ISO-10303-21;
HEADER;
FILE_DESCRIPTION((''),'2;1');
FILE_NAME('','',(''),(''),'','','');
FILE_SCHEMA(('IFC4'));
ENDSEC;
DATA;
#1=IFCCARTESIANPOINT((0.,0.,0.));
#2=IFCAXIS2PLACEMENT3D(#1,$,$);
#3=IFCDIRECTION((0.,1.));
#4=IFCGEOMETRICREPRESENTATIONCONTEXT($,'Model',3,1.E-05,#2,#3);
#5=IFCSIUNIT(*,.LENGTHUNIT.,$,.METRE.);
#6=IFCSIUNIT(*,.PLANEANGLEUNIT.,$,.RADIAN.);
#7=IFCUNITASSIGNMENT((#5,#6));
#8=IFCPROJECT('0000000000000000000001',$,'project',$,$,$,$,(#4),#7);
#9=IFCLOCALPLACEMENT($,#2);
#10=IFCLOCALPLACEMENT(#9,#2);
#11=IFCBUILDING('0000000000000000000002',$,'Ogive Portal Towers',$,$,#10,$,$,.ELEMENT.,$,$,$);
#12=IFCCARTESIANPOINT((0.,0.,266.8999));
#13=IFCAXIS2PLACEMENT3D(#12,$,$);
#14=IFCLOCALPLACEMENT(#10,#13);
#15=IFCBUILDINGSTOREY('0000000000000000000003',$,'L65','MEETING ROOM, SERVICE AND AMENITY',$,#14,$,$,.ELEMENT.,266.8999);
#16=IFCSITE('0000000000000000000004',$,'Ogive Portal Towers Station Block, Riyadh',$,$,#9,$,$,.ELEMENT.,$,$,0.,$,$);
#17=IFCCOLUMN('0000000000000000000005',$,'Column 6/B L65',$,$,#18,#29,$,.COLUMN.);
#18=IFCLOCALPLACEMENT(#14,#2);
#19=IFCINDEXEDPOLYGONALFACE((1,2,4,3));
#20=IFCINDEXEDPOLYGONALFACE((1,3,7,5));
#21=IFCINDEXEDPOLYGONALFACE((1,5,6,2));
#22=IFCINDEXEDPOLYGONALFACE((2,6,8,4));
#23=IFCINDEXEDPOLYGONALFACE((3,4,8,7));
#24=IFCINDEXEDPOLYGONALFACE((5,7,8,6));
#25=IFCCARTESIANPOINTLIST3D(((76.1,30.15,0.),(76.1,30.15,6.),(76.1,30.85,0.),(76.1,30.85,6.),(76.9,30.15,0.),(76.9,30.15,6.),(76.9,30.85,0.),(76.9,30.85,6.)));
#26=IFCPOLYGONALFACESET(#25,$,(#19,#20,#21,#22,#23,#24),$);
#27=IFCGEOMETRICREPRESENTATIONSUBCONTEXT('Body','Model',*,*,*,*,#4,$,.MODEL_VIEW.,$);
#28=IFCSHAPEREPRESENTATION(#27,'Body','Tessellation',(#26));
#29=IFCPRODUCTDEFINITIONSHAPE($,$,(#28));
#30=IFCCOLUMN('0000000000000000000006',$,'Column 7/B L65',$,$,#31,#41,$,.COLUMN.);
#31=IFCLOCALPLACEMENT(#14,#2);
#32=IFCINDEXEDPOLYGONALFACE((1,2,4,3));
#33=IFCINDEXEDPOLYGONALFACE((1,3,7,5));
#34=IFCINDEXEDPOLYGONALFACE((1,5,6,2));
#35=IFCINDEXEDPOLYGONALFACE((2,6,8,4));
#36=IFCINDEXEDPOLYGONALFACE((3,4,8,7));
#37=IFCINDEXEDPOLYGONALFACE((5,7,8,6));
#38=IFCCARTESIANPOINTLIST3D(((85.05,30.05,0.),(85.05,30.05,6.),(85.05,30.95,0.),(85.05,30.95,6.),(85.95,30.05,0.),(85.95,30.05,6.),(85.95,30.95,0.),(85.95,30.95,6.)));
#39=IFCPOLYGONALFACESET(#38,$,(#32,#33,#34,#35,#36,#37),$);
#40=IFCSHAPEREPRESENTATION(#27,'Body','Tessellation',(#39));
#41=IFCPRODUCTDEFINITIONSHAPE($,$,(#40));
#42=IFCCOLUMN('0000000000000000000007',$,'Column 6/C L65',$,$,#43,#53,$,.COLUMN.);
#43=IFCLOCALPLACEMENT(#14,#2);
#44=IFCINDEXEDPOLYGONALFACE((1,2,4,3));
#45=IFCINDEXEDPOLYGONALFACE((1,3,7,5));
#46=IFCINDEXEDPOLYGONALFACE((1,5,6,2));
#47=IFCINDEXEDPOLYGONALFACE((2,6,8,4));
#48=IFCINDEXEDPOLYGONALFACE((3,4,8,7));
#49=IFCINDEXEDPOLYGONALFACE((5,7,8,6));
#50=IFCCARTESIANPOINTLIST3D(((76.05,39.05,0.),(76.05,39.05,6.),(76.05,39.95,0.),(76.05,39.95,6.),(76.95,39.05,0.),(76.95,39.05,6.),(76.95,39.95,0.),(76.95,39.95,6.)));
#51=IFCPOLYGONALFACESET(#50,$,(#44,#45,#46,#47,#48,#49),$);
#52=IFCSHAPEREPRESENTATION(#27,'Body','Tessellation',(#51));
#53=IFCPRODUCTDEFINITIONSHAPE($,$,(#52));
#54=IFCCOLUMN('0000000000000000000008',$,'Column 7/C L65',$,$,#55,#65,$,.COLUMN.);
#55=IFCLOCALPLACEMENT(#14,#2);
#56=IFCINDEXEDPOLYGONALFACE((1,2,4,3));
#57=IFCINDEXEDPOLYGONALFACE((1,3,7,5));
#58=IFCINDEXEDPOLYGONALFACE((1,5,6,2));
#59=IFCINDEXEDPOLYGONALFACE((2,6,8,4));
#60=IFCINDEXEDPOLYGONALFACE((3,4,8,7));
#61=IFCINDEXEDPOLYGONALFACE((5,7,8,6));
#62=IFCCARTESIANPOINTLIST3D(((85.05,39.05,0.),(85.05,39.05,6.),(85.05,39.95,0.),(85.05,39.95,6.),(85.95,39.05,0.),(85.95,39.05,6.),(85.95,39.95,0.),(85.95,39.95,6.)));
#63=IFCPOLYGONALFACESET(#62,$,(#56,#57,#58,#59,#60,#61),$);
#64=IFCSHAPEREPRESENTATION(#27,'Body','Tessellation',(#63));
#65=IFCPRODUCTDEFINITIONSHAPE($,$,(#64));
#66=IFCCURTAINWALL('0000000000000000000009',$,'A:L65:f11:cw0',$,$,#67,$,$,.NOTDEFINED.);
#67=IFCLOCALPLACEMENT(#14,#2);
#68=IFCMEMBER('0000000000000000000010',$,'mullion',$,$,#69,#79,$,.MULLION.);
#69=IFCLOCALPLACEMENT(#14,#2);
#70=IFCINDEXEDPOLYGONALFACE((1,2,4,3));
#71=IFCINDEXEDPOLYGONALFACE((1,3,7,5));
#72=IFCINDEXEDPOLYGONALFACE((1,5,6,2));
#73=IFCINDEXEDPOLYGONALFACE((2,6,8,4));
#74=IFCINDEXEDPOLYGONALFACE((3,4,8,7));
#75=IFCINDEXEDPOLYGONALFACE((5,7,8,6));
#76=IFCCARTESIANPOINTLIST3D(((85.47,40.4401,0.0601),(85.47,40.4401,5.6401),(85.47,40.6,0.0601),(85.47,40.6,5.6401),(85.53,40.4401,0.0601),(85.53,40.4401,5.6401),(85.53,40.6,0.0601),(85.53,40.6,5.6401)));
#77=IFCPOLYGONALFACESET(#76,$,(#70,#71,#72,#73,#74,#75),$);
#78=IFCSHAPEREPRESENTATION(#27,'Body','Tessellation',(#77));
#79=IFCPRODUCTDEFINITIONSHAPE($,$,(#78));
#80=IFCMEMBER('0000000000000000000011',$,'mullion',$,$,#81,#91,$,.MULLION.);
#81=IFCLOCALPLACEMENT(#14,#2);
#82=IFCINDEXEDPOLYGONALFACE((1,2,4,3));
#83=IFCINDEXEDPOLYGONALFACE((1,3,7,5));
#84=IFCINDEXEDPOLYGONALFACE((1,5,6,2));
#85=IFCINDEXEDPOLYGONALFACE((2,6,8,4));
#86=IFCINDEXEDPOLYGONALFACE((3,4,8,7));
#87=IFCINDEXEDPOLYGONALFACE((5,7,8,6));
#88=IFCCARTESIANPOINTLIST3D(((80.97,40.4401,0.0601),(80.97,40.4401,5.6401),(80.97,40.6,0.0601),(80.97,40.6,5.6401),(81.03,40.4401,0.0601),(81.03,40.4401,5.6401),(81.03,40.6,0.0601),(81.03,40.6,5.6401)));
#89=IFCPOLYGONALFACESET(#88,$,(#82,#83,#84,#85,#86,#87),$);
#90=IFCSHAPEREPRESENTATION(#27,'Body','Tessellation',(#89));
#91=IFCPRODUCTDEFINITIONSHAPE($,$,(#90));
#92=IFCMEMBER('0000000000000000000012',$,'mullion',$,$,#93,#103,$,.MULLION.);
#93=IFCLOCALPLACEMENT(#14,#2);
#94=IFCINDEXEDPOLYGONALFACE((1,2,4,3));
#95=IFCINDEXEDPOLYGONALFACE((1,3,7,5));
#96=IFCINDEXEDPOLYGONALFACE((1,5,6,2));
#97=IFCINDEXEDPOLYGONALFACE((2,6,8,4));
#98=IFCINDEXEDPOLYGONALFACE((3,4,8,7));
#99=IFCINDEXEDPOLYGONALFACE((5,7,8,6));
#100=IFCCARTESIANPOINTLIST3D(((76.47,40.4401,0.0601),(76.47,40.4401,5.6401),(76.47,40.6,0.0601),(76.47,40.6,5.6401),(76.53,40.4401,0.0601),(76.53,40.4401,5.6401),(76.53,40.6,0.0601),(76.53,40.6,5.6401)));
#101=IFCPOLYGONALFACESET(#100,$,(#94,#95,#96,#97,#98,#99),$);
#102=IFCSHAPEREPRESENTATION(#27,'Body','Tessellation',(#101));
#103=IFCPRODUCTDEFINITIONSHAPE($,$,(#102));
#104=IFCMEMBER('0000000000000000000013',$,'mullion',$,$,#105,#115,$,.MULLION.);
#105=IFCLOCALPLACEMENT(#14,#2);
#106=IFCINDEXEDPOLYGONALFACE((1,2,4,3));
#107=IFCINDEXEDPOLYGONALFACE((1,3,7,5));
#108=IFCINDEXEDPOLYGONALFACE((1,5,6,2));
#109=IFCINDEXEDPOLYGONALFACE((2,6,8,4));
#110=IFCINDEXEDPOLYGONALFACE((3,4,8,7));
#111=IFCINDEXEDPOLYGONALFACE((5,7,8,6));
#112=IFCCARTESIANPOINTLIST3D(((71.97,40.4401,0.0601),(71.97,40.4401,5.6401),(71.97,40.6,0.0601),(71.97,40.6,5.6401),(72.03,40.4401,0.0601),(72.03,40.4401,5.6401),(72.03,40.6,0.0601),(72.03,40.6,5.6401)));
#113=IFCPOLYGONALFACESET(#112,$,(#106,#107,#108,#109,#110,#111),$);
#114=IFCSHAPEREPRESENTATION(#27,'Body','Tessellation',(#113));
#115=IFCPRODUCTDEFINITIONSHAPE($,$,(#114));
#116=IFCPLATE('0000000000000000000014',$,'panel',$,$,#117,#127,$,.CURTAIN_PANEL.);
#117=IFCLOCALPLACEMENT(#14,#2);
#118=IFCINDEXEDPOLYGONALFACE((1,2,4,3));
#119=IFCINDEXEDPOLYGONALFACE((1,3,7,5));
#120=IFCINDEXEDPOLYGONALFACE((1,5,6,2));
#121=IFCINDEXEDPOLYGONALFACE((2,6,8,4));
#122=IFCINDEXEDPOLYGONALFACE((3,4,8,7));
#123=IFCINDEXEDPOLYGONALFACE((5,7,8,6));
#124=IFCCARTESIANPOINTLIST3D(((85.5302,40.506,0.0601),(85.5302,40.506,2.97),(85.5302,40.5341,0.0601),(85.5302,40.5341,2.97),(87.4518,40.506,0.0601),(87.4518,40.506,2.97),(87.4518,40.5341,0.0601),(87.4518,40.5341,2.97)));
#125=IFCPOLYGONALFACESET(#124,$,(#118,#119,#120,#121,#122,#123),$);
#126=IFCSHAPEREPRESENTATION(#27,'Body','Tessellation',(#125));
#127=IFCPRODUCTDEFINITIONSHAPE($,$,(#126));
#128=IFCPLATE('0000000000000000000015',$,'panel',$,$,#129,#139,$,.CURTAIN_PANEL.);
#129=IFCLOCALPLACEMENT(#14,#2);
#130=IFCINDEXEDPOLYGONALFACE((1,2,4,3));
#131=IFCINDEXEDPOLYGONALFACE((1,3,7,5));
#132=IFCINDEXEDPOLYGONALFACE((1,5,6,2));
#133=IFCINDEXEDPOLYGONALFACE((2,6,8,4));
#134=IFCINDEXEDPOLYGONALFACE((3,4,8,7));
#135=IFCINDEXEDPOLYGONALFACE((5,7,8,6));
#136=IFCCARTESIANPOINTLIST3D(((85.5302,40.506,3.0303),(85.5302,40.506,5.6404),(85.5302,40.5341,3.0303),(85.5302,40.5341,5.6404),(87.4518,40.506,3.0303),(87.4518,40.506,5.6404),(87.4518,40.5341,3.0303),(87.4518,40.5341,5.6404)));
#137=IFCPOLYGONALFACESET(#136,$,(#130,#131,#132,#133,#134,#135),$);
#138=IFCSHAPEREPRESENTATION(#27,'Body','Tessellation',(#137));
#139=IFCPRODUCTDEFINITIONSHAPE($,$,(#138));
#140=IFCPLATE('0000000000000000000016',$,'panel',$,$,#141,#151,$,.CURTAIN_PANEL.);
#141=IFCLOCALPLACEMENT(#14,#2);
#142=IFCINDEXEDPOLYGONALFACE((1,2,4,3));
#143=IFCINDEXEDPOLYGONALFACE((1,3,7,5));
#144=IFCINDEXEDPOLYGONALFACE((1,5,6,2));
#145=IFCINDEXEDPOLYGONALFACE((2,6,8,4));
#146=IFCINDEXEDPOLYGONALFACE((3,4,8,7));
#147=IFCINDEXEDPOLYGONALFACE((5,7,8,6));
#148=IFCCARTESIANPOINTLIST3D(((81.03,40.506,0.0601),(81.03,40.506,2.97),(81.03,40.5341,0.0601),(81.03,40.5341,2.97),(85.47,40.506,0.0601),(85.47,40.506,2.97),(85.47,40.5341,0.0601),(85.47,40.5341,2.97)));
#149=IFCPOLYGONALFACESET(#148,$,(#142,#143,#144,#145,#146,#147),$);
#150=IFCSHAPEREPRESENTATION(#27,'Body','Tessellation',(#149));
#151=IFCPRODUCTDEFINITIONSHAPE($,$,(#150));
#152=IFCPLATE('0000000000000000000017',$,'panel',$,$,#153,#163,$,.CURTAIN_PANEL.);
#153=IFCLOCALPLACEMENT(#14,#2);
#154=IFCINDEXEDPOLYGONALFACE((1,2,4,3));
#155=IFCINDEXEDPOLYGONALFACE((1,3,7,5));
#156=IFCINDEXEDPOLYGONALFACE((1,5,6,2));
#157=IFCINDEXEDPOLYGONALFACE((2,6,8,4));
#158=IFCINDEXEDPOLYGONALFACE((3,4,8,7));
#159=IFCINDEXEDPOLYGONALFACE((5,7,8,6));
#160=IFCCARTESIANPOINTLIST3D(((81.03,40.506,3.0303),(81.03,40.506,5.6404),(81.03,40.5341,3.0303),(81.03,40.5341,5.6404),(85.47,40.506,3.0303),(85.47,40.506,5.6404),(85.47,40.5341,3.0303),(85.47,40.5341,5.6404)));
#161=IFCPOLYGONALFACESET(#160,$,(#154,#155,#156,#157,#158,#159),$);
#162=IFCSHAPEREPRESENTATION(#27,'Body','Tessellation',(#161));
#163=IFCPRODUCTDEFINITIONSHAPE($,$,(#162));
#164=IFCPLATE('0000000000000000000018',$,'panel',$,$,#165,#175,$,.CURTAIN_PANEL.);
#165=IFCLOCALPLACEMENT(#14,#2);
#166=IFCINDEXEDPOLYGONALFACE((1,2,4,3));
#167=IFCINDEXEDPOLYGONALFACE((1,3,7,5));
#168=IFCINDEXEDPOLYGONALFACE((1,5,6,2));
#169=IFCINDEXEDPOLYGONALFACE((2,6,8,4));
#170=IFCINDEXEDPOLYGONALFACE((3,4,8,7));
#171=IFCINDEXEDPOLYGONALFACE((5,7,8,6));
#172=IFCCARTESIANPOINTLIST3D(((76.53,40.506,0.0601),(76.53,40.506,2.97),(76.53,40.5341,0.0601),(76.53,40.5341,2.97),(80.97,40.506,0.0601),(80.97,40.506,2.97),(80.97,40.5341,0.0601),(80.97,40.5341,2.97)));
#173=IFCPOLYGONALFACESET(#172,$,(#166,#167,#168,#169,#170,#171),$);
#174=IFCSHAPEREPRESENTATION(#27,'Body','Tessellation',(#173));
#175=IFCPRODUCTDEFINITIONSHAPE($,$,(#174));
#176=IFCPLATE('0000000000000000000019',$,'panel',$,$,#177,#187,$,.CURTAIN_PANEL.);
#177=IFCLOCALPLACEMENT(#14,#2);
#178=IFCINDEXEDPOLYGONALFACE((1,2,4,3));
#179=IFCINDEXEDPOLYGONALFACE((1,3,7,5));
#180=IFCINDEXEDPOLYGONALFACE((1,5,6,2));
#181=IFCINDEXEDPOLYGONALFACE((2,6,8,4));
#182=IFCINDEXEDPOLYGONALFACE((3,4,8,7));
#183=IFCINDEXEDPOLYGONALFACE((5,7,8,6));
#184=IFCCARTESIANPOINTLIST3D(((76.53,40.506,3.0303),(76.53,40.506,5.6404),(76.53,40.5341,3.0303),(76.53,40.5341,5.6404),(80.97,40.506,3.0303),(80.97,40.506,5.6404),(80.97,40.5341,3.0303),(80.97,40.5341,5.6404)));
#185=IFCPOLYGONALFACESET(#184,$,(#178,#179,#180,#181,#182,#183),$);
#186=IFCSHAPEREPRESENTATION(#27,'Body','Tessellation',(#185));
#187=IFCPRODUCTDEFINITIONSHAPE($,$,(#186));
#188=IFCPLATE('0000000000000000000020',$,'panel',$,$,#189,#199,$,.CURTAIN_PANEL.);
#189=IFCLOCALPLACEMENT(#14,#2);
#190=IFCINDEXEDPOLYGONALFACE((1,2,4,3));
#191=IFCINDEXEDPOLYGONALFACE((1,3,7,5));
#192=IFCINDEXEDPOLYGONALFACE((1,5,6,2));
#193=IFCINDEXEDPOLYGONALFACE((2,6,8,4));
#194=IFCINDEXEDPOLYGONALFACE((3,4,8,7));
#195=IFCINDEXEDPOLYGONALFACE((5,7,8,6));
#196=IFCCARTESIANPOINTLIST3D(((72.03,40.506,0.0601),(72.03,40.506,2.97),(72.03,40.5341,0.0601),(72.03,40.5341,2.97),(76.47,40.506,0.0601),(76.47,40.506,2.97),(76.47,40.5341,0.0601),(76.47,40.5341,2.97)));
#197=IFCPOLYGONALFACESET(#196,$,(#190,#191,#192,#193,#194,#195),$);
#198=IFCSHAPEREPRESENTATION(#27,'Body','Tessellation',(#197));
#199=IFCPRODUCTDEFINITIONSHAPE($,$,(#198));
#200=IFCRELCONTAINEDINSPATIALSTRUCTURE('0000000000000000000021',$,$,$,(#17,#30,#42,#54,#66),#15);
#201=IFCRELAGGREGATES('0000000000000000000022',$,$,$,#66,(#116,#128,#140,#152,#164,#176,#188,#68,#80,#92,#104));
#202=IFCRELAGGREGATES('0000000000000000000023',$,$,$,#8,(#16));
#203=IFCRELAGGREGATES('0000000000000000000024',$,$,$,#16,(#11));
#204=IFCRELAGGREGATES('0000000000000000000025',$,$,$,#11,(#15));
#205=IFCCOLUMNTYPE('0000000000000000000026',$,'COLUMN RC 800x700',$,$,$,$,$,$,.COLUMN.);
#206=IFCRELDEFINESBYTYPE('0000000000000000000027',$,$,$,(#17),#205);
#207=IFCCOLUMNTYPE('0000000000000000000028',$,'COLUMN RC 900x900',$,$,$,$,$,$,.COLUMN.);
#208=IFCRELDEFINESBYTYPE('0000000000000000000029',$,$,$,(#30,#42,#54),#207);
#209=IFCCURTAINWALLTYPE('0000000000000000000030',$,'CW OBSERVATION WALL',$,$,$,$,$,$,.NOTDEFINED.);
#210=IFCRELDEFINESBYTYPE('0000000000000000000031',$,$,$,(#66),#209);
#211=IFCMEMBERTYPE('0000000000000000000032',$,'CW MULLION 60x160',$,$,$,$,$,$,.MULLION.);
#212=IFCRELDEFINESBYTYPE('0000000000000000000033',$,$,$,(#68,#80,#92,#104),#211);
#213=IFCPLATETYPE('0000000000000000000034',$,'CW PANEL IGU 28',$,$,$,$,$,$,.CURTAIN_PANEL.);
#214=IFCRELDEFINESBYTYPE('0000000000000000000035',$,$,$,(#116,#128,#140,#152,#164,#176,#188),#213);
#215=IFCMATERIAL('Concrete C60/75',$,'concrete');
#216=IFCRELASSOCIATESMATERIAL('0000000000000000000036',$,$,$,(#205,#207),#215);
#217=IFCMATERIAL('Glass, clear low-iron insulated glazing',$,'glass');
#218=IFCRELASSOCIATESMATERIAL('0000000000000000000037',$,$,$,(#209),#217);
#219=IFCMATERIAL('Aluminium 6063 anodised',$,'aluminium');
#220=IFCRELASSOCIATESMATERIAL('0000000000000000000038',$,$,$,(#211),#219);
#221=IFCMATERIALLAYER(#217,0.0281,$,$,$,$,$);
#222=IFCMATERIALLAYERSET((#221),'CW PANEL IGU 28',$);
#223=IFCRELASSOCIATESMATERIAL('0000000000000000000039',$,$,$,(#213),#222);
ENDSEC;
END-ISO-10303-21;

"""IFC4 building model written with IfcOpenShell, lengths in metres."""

from ifc_helpers import new_model, si_unit, direction, frame, origin, origin_2d, place, context, subcontext, project, spatial, rectangle, extrude, material, layer, layer_set, material_profile, profile_set, type_object, element, aggregate, save


model = new_model("IFC4")

# Units and contexts
model_context = context("Model", 3, precision=1e-05, world=origin(), true_north=direction((0.0, 1.0)))
body_context = subcontext(model_context, "Body", "Model", "MODEL_VIEW")
ifc_project = project(units=[si_unit("LENGTHUNIT", "METRE"), si_unit("PLANEANGLEUNIT", "RADIAN")], contexts=[model_context])

# Site, building, storey
site_placement = place(None, origin())
site = spatial("IfcSite", under=ifc_project, at=site_placement, Name="Ogive Portal Towers Station Block, Riyadh", CompositionType="ELEMENT", RefElevation=0.0)
building_placement = place(site_placement, origin())
building = spatial("IfcBuilding", under=site, at=building_placement, Name="Ogive Portal Towers", CompositionType="ELEMENT")
storey_placement = place(building_placement, frame((0.0, 0.0, 266.8999)))
storey = spatial("IfcBuildingStorey", under=building, at=storey_placement, Name="L65", Description="MEETING ROOM, SERVICE AND AMENITY", CompositionType="ELEMENT", Elevation=266.8999)

# Columns
ifc_material_1 = material(Name="Concrete C60/75", Category="concrete")
ifc_material_profile_1 = material_profile(ifc_material_1, rectangle(XDim=0.8, YDim=0.7, at=origin_2d()), Name="RC 800x700")
ifc_profile_set_1 = profile_set([ifc_material_profile_1], Name="Concrete C60/75")
column_type_1 = type_object("IfcColumnType", Name="COLUMN RC 800x700", PredefinedType="COLUMN", material=ifc_profile_set_1)
column_placement = place(storey_placement, frame((76.5, 30.5, 0.0), z_axis=(0.0, 0.0, 1.0), x_axis=(1.0, 0.0, 0.0)))
element("IfcColumn", 1, at=column_placement, inside=storey, type_object=column_type_1, Name="Column 6/B L65", PredefinedType="COLUMN", context=body_context, shape_type="SweptSolid", body=[
    extrude(rectangle(XDim=0.8, YDim=0.7, at=origin_2d()), origin(), (0.0, 0.0, 1.0), 6.0),
])
ifc_material_profile_2 = material_profile(ifc_material_1, rectangle(XDim=0.8999, YDim=0.8999, at=origin_2d()), Name="RC 900x900")
ifc_profile_set_2 = profile_set([ifc_material_profile_2], Name="Concrete C60/75")
column_type_2 = type_object("IfcColumnType", Name="COLUMN RC 900x900", PredefinedType="COLUMN", material=ifc_profile_set_2)
for number, where, z_axis, x_axis, name in (
    (2, (85.5, 30.5, 0.0), (0.0, 0.0, 1.0), (1.0, 0.0, 0.0), "Column 7/B L65"),
    (3, (76.5, 39.5, 0.0), (0.0, 0.0, 1.0), (1.0, 0.0, 0.0), "Column 6/C L65"),
    (4, (85.5, 39.5, 0.0), (0.0, 0.0, 1.0), (1.0, 0.0, 0.0), "Column 7/C L65"),
):
    element("IfcColumn", number, at=place(storey_placement, frame(where, z_axis=z_axis, x_axis=x_axis)), inside=storey, type_object=column_type_2, Name=name, PredefinedType="COLUMN", context=body_context, shape_type="SweptSolid", body=[
        extrude(rectangle(XDim=0.8999, YDim=0.8999, at=origin_2d()), origin(), (0.0, 0.0, 1.0), 6.0),
    ])

# Curtain wall, members, plates
ifc_material_2 = material(Name="Glass, clear low-iron insulated glazing", Category="glass")
curtain_wall_type = type_object("IfcCurtainWallType", Name="CW OBSERVATION WALL", PredefinedType="NOTDEFINED", material=ifc_material_2)
curtain_wall_placement = place(storey_placement, origin())
curtain_wall = element("IfcCurtainWall", 5, at=curtain_wall_placement, inside=storey, type_object=curtain_wall_type, Name="A:L65:f11:cw0", PredefinedType="NOTDEFINED")
ifc_material_3 = material(Name="Aluminium 6063 anodised", Category="aluminium")
ifc_material_profile_3 = material_profile(ifc_material_3, rectangle(XDim=0.1599, YDim=0.0601, at=origin_2d()), Name="AL 60x160")
ifc_profile_set_3 = profile_set([ifc_material_profile_3], Name="Aluminium 6063 anodised")
member_type = type_object("IfcMemberType", Name="CW MULLION 60x160", PredefinedType="MULLION", material=ifc_profile_set_3)
member_1_placement = place(storey_placement, frame((85.5, 40.52, 0.0601), z_axis=(0.0, 0.0, 1.0), x_axis=(0.0, -1.0, 0.0)))
member_1 = element("IfcMember", 6, at=member_1_placement, type_object=member_type, Name="mullion", PredefinedType="MULLION", context=body_context, shape_type="SweptSolid", body=[
    extrude(rectangle(XDim=0.1599, YDim=0.0601, at=origin_2d()), origin(), (0.0, 0.0, 1.0), 5.5801),
])
member_2_placement = place(storey_placement, frame((81.0, 40.52, 0.0601), z_axis=(0.0, 0.0, 1.0), x_axis=(0.0, -1.0, 0.0)))
member_2 = element("IfcMember", 7, at=member_2_placement, type_object=member_type, Name="mullion", PredefinedType="MULLION", context=body_context, shape_type="SweptSolid", body=[
    extrude(rectangle(XDim=0.1599, YDim=0.0601, at=origin_2d()), origin(), (0.0, 0.0, 1.0), 5.5801),
])
member_3_placement = place(storey_placement, frame((76.5, 40.52, 0.0601), z_axis=(0.0, 0.0, 1.0), x_axis=(0.0, -1.0, 0.0)))
member_3 = element("IfcMember", 8, at=member_3_placement, type_object=member_type, Name="mullion", PredefinedType="MULLION", context=body_context, shape_type="SweptSolid", body=[
    extrude(rectangle(XDim=0.1599, YDim=0.0601, at=origin_2d()), origin(), (0.0, 0.0, 1.0), 5.5801),
])
member_4_placement = place(storey_placement, frame((72.0, 40.52, 0.0601), z_axis=(0.0, 0.0, 1.0), x_axis=(0.0, -1.0, 0.0)))
member_4 = element("IfcMember", 9, at=member_4_placement, type_object=member_type, Name="mullion", PredefinedType="MULLION", context=body_context, shape_type="SweptSolid", body=[
    extrude(rectangle(XDim=0.1599, YDim=0.0601, at=origin_2d()), origin(), (0.0, 0.0, 1.0), 5.5801),
])
ifc_layer_1 = layer(ifc_material_2, 0.0281)
ifc_layer_set_1 = layer_set([ifc_layer_1], Name="CW PANEL IGU 28")
plate_type = type_object("IfcPlateType", Name="CW PANEL IGU 28", PredefinedType="CURTAIN_PANEL", material=ifc_layer_set_1)
plate_1_placement = place(storey_placement, frame((86.491, 40.52, 0.0601), z_axis=(0.0, 0.0, 1.0), x_axis=(-1.0, 0.0, 0.0)))
plate_1 = element("IfcPlate", 10, at=plate_1_placement, type_object=plate_type, Name="panel", PredefinedType="CURTAIN_PANEL", context=body_context, shape_type="SweptSolid", body=[
    extrude(rectangle(XDim=1.9216, YDim=0.0281, at=origin_2d()), origin(), (0.0, 0.0, 1.0), 2.9099),
])
plate_2_placement = place(storey_placement, frame((86.491, 40.52, 3.0303), z_axis=(0.0, 0.0, 1.0), x_axis=(-1.0, 0.0, 0.0)))
plate_2 = element("IfcPlate", 11, at=plate_2_placement, type_object=plate_type, Name="panel", PredefinedType="CURTAIN_PANEL", context=body_context, shape_type="SweptSolid", body=[
    extrude(rectangle(XDim=1.9216, YDim=0.0281, at=origin_2d()), origin(), (0.0, 0.0, 1.0), 2.6101),
])
plate_3_placement = place(storey_placement, frame((83.25, 40.52, 0.0601), z_axis=(0.0, 0.0, 1.0), x_axis=(-1.0, 0.0, 0.0)))
plate_3 = element("IfcPlate", 12, at=plate_3_placement, type_object=plate_type, Name="panel", PredefinedType="CURTAIN_PANEL", context=body_context, shape_type="SweptSolid", body=[
    extrude(rectangle(XDim=4.4399, YDim=0.0281, at=origin_2d()), origin(), (0.0, 0.0, 1.0), 2.9099),
])
plate_4_placement = place(storey_placement, frame((83.25, 40.52, 3.0303), z_axis=(0.0, 0.0, 1.0), x_axis=(-1.0, 0.0, 0.0)))
plate_4 = element("IfcPlate", 13, at=plate_4_placement, type_object=plate_type, Name="panel", PredefinedType="CURTAIN_PANEL", context=body_context, shape_type="SweptSolid", body=[
    extrude(rectangle(XDim=4.4399, YDim=0.0281, at=origin_2d()), origin(), (0.0, 0.0, 1.0), 2.6101),
])
plate_5_placement = place(storey_placement, frame((78.75, 40.52, 0.0601), z_axis=(0.0, 0.0, 1.0), x_axis=(-1.0, 0.0, 0.0)))
plate_5 = element("IfcPlate", 14, at=plate_5_placement, type_object=plate_type, Name="panel", PredefinedType="CURTAIN_PANEL", context=body_context, shape_type="SweptSolid", body=[
    extrude(rectangle(XDim=4.4399, YDim=0.0281, at=origin_2d()), origin(), (0.0, 0.0, 1.0), 2.9099),
])
plate_6_placement = place(storey_placement, frame((78.75, 40.52, 3.0303), z_axis=(0.0, 0.0, 1.0), x_axis=(-1.0, 0.0, 0.0)))
plate_6 = element("IfcPlate", 15, at=plate_6_placement, type_object=plate_type, Name="panel", PredefinedType="CURTAIN_PANEL", context=body_context, shape_type="SweptSolid", body=[
    extrude(rectangle(XDim=4.4399, YDim=0.0281, at=origin_2d()), origin(), (0.0, 0.0, 1.0), 2.6101),
])
plate_7_placement = place(storey_placement, frame((74.25, 40.52, 0.0601), z_axis=(0.0, 0.0, 1.0), x_axis=(-1.0, 0.0, 0.0)))
plate_7 = element("IfcPlate", 16, at=plate_7_placement, type_object=plate_type, Name="panel", PredefinedType="CURTAIN_PANEL", context=body_context, shape_type="SweptSolid", body=[
    extrude(rectangle(XDim=4.4399, YDim=0.0281, at=origin_2d()), origin(), (0.0, 0.0, 1.0), 2.9099),
])
aggregate(curtain_wall, [plate_1, plate_2, plate_3, plate_4, plate_5, plate_6, plate_7, member_1, member_2, member_3, member_4])

save(model, "model.ifc")
